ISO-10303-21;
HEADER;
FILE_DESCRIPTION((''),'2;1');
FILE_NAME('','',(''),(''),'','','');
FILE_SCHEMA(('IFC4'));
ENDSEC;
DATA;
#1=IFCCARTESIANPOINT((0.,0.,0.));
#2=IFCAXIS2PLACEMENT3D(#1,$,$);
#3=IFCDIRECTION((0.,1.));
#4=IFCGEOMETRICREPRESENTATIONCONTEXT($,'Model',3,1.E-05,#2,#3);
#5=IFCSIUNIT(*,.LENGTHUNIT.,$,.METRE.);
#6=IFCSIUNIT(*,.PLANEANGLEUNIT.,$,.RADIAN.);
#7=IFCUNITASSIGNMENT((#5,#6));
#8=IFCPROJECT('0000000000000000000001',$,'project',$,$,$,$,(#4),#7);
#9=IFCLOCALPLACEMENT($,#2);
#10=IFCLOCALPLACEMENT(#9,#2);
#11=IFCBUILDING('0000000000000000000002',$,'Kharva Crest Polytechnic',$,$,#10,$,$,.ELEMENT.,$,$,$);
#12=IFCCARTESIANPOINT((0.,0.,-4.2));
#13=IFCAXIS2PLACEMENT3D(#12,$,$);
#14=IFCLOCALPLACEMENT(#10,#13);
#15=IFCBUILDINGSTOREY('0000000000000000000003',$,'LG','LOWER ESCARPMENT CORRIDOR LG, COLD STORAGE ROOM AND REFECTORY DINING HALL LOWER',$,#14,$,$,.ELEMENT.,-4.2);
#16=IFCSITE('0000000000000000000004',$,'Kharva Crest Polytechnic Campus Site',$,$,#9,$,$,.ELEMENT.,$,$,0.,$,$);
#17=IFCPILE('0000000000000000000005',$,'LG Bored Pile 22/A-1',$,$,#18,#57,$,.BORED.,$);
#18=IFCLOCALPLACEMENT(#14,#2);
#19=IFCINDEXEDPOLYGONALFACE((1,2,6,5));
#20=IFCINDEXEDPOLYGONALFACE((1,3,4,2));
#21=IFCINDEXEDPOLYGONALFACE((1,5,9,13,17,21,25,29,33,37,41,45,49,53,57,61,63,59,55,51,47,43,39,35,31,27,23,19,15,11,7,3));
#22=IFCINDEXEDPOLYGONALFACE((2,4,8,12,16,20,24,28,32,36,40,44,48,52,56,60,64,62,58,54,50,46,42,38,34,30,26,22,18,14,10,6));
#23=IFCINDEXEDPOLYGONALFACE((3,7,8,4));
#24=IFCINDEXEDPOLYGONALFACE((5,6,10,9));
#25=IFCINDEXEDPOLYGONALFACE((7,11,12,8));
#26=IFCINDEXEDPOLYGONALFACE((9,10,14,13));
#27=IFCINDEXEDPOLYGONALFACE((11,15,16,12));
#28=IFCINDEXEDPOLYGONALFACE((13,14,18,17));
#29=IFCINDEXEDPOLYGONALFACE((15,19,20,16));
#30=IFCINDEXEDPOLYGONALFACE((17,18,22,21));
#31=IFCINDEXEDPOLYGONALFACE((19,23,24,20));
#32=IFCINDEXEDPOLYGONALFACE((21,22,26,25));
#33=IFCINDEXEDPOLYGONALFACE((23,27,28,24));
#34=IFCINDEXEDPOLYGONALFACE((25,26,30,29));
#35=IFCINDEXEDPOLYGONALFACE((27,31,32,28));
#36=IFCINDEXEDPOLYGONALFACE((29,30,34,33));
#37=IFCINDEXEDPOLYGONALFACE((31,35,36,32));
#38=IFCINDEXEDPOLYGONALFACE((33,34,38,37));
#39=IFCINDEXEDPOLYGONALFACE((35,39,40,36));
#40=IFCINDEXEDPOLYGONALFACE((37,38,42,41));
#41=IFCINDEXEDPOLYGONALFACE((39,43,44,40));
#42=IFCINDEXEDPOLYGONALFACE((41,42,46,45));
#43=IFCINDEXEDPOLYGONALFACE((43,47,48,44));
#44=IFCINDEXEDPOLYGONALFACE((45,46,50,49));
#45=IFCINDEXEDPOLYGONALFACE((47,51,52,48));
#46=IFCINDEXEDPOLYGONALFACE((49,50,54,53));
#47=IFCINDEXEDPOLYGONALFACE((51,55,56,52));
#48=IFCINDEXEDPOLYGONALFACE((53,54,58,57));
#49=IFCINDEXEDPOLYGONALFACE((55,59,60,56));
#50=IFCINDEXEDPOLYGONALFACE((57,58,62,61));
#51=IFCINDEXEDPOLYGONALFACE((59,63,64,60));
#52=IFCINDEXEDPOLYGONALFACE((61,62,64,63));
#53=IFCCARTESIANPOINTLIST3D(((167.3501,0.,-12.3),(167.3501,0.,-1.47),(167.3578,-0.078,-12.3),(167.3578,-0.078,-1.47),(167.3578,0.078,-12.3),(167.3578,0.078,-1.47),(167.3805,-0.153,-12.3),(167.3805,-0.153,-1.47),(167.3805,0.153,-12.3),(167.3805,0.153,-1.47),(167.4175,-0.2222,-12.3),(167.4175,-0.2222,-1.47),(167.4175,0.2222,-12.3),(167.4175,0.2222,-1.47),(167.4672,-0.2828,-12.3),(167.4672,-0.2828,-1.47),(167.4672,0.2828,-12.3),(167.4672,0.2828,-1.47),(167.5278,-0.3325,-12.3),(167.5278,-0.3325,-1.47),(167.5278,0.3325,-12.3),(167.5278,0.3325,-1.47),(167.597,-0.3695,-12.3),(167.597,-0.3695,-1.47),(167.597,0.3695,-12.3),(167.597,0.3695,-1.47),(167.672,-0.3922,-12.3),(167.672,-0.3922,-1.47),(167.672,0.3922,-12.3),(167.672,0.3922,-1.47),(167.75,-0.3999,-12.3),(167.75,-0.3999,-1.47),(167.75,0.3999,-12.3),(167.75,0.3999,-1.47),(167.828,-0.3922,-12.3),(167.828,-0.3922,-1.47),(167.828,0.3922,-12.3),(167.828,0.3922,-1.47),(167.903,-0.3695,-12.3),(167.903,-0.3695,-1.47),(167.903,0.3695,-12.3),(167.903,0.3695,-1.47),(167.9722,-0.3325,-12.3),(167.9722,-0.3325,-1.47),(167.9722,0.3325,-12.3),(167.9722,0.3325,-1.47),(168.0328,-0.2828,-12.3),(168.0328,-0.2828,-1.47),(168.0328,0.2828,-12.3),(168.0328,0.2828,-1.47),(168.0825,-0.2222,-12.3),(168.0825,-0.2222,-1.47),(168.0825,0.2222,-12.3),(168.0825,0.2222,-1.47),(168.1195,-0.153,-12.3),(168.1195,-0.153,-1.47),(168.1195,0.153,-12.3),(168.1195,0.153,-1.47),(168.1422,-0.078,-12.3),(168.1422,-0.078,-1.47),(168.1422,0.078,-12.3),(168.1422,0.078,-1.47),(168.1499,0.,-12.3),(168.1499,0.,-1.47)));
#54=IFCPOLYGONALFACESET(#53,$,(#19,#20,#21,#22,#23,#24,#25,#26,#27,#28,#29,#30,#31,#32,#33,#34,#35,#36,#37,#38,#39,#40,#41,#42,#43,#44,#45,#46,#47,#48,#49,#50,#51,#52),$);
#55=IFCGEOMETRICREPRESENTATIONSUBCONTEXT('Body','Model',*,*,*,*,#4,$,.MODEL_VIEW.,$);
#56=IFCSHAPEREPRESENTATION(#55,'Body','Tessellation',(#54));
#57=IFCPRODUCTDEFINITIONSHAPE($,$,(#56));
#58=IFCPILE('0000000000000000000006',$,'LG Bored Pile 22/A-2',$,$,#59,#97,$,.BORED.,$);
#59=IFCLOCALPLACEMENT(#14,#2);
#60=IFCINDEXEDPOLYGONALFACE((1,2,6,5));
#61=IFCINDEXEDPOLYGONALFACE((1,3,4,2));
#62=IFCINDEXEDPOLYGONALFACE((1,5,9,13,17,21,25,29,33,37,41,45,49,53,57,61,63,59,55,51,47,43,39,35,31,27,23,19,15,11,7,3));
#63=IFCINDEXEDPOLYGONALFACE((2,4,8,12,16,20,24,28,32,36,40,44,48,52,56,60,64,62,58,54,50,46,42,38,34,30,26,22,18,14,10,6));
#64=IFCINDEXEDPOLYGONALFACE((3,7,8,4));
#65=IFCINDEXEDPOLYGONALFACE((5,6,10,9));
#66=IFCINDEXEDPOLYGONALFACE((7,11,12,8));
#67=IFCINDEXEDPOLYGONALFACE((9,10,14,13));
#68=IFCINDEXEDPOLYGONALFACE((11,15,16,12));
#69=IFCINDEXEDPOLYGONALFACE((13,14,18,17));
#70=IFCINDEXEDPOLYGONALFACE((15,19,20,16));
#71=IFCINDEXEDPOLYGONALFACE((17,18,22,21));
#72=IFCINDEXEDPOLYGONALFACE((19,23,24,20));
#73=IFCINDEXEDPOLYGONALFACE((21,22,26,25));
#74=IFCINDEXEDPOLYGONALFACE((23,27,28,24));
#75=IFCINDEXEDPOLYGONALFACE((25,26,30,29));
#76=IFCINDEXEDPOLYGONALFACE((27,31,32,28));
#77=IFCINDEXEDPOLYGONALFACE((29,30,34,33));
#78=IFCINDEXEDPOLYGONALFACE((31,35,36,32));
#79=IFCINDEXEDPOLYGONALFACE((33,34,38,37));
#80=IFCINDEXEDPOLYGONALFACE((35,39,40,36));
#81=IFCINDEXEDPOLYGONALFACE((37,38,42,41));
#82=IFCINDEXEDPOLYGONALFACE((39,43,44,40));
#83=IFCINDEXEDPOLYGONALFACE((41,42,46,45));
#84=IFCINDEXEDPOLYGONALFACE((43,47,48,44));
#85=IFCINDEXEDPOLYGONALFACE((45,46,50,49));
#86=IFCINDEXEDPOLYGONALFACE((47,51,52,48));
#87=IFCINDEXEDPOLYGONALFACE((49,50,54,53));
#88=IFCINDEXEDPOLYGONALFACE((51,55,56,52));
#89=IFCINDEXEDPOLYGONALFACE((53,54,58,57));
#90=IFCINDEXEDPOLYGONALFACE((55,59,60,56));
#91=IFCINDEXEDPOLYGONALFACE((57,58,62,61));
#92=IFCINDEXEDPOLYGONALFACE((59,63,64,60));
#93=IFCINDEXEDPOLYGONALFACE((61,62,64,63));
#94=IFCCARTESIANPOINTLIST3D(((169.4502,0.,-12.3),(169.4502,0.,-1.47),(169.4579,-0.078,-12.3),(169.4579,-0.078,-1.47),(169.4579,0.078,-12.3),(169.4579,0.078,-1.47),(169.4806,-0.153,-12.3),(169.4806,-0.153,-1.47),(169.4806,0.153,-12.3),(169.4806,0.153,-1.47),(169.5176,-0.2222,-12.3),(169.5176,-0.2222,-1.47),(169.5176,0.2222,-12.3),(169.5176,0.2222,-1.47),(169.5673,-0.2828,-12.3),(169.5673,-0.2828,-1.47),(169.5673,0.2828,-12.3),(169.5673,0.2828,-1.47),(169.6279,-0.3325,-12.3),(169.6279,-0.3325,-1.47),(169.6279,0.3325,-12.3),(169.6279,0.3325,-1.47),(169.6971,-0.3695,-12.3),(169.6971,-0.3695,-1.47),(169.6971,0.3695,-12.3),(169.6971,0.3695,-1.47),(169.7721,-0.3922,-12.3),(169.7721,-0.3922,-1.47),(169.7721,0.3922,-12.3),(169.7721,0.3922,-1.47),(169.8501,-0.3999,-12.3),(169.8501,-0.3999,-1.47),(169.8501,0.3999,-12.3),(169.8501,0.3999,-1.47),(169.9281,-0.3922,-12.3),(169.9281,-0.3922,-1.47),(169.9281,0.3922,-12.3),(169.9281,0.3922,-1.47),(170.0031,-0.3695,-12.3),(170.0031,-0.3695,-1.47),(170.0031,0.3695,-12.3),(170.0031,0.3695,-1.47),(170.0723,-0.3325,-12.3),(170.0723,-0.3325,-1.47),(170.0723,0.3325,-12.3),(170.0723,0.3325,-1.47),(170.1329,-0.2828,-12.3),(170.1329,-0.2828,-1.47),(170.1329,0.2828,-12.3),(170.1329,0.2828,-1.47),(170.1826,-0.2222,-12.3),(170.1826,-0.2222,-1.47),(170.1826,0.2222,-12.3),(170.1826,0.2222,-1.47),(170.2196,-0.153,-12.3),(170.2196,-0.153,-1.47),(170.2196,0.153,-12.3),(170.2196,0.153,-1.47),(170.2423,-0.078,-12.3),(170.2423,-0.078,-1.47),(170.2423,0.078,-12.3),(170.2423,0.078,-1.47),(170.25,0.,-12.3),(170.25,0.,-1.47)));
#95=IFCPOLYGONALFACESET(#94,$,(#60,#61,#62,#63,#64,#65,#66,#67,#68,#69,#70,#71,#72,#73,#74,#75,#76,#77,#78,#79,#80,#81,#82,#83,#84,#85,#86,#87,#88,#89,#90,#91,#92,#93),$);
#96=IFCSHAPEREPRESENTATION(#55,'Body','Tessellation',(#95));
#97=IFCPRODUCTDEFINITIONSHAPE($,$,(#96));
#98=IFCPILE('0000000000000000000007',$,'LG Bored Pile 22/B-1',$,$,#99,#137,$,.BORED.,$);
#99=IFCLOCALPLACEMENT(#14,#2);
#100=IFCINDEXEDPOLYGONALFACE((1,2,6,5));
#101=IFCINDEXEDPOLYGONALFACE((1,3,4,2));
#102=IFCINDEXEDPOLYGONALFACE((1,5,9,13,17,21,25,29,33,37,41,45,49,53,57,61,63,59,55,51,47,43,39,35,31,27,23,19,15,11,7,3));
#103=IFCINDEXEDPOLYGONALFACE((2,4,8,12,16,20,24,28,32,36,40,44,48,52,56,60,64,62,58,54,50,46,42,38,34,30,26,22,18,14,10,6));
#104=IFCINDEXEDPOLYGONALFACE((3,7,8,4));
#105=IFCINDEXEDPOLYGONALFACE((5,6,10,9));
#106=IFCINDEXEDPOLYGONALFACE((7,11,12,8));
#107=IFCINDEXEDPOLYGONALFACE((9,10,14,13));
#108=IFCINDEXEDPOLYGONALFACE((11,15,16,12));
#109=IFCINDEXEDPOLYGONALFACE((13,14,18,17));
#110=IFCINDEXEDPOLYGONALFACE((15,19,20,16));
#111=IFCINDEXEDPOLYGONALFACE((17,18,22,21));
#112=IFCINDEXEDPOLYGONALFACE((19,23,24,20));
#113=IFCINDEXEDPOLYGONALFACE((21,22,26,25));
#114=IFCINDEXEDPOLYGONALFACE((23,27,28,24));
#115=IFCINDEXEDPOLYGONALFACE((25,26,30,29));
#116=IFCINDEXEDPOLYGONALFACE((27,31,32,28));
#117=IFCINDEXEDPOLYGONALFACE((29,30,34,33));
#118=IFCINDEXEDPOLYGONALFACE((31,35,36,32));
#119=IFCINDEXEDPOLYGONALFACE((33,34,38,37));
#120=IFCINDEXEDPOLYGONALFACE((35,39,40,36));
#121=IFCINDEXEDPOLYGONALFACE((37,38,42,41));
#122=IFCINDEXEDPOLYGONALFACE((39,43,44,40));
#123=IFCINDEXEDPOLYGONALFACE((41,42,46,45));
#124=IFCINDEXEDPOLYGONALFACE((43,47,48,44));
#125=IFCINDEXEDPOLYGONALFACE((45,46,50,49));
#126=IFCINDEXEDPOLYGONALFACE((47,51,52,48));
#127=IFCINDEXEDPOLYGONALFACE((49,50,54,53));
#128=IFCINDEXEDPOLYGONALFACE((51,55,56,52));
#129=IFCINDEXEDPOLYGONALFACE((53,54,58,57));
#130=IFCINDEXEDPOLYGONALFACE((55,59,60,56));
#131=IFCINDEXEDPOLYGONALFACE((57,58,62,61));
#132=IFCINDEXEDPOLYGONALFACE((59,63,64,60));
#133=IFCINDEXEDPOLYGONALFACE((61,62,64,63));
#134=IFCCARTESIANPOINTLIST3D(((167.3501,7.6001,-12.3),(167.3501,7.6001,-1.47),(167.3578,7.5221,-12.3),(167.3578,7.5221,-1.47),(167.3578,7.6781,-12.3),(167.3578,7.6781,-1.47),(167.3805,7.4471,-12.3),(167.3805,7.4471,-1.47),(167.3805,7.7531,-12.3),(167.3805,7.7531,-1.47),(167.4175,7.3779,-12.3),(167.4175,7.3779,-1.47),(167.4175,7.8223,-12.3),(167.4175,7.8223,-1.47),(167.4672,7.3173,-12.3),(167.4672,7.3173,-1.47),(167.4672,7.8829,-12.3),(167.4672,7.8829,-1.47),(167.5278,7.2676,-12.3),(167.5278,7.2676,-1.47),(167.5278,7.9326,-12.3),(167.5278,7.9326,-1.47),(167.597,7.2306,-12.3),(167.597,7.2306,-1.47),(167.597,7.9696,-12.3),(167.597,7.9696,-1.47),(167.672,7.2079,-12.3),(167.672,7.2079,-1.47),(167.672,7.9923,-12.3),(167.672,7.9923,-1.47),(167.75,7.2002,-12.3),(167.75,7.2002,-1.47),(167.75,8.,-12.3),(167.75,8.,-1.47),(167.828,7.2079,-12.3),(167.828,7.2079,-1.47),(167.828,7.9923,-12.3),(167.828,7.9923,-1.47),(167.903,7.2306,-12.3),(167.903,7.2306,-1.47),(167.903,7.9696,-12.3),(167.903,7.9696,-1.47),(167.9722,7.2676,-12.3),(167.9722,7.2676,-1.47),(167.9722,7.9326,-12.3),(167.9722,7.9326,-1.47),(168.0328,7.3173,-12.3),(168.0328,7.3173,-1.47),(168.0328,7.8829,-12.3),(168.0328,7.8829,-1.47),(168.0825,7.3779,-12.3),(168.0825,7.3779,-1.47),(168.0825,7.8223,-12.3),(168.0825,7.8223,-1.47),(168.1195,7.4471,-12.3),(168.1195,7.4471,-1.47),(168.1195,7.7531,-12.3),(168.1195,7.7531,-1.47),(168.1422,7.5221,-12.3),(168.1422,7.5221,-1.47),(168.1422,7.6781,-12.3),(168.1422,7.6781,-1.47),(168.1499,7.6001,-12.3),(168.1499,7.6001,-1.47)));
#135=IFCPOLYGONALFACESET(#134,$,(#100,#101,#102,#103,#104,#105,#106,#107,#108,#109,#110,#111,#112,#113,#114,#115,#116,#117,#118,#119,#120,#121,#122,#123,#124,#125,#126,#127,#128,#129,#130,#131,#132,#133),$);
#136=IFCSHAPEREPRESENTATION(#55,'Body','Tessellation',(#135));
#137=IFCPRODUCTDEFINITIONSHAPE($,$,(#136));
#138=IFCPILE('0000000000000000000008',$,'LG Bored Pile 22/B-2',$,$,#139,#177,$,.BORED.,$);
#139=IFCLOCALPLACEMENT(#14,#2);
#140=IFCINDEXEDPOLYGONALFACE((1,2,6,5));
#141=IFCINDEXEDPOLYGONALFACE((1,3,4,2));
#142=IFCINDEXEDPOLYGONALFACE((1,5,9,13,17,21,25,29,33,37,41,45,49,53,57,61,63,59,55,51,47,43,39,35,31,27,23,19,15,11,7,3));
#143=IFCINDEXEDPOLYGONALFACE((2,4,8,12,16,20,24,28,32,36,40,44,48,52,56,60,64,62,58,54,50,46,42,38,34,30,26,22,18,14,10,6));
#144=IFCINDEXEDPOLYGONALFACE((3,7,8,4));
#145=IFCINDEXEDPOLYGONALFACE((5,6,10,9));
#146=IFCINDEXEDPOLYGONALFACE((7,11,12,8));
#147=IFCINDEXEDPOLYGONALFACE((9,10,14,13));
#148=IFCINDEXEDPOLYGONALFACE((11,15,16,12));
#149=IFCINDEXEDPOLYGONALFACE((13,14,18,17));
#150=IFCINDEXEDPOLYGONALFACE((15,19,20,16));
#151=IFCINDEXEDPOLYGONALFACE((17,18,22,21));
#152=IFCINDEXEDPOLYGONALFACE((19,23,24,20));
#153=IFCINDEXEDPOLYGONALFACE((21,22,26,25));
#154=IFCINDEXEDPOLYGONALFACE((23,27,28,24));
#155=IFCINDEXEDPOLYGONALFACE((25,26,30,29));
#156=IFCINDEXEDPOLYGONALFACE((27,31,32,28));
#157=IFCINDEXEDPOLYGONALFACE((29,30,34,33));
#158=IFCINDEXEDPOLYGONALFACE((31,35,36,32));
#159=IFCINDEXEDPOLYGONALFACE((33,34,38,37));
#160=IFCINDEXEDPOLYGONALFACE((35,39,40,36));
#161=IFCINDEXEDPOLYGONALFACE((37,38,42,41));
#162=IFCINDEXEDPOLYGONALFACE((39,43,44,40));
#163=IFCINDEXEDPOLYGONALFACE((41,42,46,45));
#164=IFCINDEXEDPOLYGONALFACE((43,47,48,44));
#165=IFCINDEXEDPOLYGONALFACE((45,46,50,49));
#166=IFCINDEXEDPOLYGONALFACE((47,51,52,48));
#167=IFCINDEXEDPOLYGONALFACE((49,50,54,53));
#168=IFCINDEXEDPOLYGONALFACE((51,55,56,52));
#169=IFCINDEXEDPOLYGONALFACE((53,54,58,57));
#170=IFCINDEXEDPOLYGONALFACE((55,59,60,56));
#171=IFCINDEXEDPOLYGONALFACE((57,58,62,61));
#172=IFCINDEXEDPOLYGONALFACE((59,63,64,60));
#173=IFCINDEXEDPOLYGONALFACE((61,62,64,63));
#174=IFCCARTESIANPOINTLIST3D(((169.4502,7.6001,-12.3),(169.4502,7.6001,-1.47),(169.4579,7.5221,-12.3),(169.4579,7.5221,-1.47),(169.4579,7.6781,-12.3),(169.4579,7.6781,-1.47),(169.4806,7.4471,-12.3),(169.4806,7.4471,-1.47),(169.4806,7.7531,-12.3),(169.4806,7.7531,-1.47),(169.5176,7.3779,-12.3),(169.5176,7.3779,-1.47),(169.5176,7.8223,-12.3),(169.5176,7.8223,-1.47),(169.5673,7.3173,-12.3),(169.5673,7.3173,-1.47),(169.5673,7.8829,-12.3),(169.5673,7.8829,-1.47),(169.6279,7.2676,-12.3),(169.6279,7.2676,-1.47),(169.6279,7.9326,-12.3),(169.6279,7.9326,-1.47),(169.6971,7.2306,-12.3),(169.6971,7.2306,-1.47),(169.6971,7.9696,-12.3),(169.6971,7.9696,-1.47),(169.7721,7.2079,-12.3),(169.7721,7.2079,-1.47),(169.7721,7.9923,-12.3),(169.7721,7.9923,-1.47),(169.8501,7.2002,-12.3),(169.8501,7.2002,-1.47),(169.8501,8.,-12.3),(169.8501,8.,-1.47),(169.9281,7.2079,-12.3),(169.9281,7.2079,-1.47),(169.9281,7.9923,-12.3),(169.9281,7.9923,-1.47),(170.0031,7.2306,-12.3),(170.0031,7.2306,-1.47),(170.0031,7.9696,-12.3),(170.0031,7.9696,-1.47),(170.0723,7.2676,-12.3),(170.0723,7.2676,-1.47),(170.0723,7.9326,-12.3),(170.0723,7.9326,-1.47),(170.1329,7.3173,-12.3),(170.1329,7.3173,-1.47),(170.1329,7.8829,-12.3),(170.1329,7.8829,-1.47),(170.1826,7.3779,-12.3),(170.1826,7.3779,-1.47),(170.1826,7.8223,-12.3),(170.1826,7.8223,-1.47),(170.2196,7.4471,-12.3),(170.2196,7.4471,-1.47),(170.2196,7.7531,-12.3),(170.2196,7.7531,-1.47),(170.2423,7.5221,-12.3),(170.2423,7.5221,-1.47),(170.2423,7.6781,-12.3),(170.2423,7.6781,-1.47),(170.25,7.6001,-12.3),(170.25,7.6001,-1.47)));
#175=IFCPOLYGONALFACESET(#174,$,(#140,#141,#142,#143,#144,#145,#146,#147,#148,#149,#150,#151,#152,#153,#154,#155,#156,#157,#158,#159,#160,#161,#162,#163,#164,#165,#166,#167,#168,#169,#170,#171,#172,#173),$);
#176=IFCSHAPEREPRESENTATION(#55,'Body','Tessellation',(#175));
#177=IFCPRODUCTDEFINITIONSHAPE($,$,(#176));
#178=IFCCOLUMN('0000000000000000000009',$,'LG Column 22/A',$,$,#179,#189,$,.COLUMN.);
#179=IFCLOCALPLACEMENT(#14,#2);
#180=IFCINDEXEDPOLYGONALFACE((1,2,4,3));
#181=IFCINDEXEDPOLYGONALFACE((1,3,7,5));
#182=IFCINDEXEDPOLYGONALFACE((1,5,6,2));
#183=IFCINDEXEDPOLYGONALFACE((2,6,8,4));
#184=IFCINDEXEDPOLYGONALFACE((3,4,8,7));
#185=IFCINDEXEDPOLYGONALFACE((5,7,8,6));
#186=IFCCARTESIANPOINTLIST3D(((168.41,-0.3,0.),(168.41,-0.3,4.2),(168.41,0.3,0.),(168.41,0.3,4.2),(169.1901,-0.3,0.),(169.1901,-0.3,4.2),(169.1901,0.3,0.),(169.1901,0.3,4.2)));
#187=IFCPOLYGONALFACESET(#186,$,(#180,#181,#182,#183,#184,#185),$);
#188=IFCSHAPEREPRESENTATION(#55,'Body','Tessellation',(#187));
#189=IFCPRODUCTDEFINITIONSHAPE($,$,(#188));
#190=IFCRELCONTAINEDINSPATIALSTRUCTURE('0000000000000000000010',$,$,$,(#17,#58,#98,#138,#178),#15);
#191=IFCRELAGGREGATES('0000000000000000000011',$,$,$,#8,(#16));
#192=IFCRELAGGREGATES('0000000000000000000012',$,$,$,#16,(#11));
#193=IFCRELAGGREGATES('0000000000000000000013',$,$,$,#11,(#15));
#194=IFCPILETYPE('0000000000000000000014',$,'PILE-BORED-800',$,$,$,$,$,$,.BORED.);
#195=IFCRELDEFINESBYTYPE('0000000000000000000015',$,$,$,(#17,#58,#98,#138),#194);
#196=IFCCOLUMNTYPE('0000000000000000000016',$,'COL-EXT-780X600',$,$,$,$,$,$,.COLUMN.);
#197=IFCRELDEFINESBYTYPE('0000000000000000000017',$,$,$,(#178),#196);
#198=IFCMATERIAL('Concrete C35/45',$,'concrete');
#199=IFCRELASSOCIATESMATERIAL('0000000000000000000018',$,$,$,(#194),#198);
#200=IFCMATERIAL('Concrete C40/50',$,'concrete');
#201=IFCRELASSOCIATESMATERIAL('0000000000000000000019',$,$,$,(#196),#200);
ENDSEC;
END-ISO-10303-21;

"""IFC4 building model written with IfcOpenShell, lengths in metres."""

from ifc_helpers import new_model, si_unit, direction, frame, origin, origin_2d, place, context, subcontext, project, spatial, rectangle, circle, extrude, material, material_profile, profile_set, type_object, element, save


model = new_model("IFC4")

# Units and contexts
model_context = context("Model", 3, precision=1e-05, world=origin(), true_north=direction((0.0, 1.0)))
body_context = subcontext(model_context, "Body", "Model", "MODEL_VIEW")
ifc_project = project(units=[si_unit("LENGTHUNIT", "METRE"), si_unit("PLANEANGLEUNIT", "RADIAN")], contexts=[model_context])

# Site, building, storey
site_placement = place(None, origin())
site = spatial("IfcSite", under=ifc_project, at=site_placement, Name="Kharva Crest Polytechnic Campus Site", CompositionType="ELEMENT", RefElevation=0.0)
building_placement = place(site_placement, origin())
building = spatial("IfcBuilding", under=site, at=building_placement, Name="Kharva Crest Polytechnic", CompositionType="ELEMENT")
storey_placement = place(building_placement, frame((0.0, 0.0, -4.2)))
storey = spatial("IfcBuildingStorey", under=building, at=storey_placement, Name="LG", Description="LOWER ESCARPMENT CORRIDOR LG, COLD STORAGE ROOM AND REFECTORY DINING HALL LOWER", CompositionType="ELEMENT", Elevation=-4.2)

# Shared definitions
ifc_material_1 = material(Name="Concrete C35/45", Category="concrete")

# Piles
ifc_material_profile_1 = material_profile(ifc_material_1, circle(Radius=0.3999, at=origin_2d()), Name="DIA 800")
ifc_profile_set_1 = profile_set([ifc_material_profile_1], Name="Concrete C35/45")
pile_type = type_object("IfcPileType", Name="PILE-BORED-800", PredefinedType="BORED", material=ifc_profile_set_1)
for number, where, z_axis, x_axis, name in (
    (1, (167.75, 0.0, -1.47), (0.0, 0.0, -1.0), (1.0, 0.0, 0.0), "LG Bored Pile 22/A-1"),
    (2, (169.8501, 0.0, -1.47), (0.0, 0.0, -1.0), (1.0, 0.0, 0.0), "LG Bored Pile 22/A-2"),
    (3, (167.75, 7.6001, -1.47), (0.0, 0.0, -1.0), (1.0, 0.0, 0.0), "LG Bored Pile 22/B-1"),
    (4, (169.8501, 7.6001, -1.47), (0.0, 0.0, -1.0), (1.0, 0.0, 0.0), "LG Bored Pile 22/B-2"),
):
    element("IfcPile", number, at=place(storey_placement, frame(where, z_axis=z_axis, x_axis=x_axis)), inside=storey, type_object=pile_type, Name=name, PredefinedType="BORED", context=body_context, shape_type="SweptSolid", body=[
        extrude(circle(Radius=0.3999, at=origin_2d()), origin(), (0.0, 0.0, 1.0), 10.8301),
    ])

# Column
ifc_material_2 = material(Name="Concrete C40/50", Category="concrete")
ifc_material_profile_2 = material_profile(ifc_material_2, rectangle(XDim=0.78, YDim=0.6001, at=origin_2d()), Name="RECT 780 X 600")
ifc_profile_set_2 = profile_set([ifc_material_profile_2], Name="Concrete C40/50")
column_type_1 = type_object("IfcColumnType", Name="COL-EXT-780X600", PredefinedType="COLUMN", material=ifc_profile_set_2)
column_1_placement = place(storey_placement, frame((168.8, 0.0, 0.0), z_axis=(0.0, 0.0, 1.0), x_axis=(1.0, 0.0, 0.0)))
element("IfcColumn", 5, at=column_1_placement, inside=storey, type_object=column_type_1, Name="LG Column 22/A", PredefinedType="COLUMN", context=body_context, shape_type="SweptSolid", body=[
    extrude(rectangle(XDim=0.78, YDim=0.6001, at=origin_2d()), origin(), (0.0, 0.0, 1.0), 4.2),
])

save(model, "model.ifc")
